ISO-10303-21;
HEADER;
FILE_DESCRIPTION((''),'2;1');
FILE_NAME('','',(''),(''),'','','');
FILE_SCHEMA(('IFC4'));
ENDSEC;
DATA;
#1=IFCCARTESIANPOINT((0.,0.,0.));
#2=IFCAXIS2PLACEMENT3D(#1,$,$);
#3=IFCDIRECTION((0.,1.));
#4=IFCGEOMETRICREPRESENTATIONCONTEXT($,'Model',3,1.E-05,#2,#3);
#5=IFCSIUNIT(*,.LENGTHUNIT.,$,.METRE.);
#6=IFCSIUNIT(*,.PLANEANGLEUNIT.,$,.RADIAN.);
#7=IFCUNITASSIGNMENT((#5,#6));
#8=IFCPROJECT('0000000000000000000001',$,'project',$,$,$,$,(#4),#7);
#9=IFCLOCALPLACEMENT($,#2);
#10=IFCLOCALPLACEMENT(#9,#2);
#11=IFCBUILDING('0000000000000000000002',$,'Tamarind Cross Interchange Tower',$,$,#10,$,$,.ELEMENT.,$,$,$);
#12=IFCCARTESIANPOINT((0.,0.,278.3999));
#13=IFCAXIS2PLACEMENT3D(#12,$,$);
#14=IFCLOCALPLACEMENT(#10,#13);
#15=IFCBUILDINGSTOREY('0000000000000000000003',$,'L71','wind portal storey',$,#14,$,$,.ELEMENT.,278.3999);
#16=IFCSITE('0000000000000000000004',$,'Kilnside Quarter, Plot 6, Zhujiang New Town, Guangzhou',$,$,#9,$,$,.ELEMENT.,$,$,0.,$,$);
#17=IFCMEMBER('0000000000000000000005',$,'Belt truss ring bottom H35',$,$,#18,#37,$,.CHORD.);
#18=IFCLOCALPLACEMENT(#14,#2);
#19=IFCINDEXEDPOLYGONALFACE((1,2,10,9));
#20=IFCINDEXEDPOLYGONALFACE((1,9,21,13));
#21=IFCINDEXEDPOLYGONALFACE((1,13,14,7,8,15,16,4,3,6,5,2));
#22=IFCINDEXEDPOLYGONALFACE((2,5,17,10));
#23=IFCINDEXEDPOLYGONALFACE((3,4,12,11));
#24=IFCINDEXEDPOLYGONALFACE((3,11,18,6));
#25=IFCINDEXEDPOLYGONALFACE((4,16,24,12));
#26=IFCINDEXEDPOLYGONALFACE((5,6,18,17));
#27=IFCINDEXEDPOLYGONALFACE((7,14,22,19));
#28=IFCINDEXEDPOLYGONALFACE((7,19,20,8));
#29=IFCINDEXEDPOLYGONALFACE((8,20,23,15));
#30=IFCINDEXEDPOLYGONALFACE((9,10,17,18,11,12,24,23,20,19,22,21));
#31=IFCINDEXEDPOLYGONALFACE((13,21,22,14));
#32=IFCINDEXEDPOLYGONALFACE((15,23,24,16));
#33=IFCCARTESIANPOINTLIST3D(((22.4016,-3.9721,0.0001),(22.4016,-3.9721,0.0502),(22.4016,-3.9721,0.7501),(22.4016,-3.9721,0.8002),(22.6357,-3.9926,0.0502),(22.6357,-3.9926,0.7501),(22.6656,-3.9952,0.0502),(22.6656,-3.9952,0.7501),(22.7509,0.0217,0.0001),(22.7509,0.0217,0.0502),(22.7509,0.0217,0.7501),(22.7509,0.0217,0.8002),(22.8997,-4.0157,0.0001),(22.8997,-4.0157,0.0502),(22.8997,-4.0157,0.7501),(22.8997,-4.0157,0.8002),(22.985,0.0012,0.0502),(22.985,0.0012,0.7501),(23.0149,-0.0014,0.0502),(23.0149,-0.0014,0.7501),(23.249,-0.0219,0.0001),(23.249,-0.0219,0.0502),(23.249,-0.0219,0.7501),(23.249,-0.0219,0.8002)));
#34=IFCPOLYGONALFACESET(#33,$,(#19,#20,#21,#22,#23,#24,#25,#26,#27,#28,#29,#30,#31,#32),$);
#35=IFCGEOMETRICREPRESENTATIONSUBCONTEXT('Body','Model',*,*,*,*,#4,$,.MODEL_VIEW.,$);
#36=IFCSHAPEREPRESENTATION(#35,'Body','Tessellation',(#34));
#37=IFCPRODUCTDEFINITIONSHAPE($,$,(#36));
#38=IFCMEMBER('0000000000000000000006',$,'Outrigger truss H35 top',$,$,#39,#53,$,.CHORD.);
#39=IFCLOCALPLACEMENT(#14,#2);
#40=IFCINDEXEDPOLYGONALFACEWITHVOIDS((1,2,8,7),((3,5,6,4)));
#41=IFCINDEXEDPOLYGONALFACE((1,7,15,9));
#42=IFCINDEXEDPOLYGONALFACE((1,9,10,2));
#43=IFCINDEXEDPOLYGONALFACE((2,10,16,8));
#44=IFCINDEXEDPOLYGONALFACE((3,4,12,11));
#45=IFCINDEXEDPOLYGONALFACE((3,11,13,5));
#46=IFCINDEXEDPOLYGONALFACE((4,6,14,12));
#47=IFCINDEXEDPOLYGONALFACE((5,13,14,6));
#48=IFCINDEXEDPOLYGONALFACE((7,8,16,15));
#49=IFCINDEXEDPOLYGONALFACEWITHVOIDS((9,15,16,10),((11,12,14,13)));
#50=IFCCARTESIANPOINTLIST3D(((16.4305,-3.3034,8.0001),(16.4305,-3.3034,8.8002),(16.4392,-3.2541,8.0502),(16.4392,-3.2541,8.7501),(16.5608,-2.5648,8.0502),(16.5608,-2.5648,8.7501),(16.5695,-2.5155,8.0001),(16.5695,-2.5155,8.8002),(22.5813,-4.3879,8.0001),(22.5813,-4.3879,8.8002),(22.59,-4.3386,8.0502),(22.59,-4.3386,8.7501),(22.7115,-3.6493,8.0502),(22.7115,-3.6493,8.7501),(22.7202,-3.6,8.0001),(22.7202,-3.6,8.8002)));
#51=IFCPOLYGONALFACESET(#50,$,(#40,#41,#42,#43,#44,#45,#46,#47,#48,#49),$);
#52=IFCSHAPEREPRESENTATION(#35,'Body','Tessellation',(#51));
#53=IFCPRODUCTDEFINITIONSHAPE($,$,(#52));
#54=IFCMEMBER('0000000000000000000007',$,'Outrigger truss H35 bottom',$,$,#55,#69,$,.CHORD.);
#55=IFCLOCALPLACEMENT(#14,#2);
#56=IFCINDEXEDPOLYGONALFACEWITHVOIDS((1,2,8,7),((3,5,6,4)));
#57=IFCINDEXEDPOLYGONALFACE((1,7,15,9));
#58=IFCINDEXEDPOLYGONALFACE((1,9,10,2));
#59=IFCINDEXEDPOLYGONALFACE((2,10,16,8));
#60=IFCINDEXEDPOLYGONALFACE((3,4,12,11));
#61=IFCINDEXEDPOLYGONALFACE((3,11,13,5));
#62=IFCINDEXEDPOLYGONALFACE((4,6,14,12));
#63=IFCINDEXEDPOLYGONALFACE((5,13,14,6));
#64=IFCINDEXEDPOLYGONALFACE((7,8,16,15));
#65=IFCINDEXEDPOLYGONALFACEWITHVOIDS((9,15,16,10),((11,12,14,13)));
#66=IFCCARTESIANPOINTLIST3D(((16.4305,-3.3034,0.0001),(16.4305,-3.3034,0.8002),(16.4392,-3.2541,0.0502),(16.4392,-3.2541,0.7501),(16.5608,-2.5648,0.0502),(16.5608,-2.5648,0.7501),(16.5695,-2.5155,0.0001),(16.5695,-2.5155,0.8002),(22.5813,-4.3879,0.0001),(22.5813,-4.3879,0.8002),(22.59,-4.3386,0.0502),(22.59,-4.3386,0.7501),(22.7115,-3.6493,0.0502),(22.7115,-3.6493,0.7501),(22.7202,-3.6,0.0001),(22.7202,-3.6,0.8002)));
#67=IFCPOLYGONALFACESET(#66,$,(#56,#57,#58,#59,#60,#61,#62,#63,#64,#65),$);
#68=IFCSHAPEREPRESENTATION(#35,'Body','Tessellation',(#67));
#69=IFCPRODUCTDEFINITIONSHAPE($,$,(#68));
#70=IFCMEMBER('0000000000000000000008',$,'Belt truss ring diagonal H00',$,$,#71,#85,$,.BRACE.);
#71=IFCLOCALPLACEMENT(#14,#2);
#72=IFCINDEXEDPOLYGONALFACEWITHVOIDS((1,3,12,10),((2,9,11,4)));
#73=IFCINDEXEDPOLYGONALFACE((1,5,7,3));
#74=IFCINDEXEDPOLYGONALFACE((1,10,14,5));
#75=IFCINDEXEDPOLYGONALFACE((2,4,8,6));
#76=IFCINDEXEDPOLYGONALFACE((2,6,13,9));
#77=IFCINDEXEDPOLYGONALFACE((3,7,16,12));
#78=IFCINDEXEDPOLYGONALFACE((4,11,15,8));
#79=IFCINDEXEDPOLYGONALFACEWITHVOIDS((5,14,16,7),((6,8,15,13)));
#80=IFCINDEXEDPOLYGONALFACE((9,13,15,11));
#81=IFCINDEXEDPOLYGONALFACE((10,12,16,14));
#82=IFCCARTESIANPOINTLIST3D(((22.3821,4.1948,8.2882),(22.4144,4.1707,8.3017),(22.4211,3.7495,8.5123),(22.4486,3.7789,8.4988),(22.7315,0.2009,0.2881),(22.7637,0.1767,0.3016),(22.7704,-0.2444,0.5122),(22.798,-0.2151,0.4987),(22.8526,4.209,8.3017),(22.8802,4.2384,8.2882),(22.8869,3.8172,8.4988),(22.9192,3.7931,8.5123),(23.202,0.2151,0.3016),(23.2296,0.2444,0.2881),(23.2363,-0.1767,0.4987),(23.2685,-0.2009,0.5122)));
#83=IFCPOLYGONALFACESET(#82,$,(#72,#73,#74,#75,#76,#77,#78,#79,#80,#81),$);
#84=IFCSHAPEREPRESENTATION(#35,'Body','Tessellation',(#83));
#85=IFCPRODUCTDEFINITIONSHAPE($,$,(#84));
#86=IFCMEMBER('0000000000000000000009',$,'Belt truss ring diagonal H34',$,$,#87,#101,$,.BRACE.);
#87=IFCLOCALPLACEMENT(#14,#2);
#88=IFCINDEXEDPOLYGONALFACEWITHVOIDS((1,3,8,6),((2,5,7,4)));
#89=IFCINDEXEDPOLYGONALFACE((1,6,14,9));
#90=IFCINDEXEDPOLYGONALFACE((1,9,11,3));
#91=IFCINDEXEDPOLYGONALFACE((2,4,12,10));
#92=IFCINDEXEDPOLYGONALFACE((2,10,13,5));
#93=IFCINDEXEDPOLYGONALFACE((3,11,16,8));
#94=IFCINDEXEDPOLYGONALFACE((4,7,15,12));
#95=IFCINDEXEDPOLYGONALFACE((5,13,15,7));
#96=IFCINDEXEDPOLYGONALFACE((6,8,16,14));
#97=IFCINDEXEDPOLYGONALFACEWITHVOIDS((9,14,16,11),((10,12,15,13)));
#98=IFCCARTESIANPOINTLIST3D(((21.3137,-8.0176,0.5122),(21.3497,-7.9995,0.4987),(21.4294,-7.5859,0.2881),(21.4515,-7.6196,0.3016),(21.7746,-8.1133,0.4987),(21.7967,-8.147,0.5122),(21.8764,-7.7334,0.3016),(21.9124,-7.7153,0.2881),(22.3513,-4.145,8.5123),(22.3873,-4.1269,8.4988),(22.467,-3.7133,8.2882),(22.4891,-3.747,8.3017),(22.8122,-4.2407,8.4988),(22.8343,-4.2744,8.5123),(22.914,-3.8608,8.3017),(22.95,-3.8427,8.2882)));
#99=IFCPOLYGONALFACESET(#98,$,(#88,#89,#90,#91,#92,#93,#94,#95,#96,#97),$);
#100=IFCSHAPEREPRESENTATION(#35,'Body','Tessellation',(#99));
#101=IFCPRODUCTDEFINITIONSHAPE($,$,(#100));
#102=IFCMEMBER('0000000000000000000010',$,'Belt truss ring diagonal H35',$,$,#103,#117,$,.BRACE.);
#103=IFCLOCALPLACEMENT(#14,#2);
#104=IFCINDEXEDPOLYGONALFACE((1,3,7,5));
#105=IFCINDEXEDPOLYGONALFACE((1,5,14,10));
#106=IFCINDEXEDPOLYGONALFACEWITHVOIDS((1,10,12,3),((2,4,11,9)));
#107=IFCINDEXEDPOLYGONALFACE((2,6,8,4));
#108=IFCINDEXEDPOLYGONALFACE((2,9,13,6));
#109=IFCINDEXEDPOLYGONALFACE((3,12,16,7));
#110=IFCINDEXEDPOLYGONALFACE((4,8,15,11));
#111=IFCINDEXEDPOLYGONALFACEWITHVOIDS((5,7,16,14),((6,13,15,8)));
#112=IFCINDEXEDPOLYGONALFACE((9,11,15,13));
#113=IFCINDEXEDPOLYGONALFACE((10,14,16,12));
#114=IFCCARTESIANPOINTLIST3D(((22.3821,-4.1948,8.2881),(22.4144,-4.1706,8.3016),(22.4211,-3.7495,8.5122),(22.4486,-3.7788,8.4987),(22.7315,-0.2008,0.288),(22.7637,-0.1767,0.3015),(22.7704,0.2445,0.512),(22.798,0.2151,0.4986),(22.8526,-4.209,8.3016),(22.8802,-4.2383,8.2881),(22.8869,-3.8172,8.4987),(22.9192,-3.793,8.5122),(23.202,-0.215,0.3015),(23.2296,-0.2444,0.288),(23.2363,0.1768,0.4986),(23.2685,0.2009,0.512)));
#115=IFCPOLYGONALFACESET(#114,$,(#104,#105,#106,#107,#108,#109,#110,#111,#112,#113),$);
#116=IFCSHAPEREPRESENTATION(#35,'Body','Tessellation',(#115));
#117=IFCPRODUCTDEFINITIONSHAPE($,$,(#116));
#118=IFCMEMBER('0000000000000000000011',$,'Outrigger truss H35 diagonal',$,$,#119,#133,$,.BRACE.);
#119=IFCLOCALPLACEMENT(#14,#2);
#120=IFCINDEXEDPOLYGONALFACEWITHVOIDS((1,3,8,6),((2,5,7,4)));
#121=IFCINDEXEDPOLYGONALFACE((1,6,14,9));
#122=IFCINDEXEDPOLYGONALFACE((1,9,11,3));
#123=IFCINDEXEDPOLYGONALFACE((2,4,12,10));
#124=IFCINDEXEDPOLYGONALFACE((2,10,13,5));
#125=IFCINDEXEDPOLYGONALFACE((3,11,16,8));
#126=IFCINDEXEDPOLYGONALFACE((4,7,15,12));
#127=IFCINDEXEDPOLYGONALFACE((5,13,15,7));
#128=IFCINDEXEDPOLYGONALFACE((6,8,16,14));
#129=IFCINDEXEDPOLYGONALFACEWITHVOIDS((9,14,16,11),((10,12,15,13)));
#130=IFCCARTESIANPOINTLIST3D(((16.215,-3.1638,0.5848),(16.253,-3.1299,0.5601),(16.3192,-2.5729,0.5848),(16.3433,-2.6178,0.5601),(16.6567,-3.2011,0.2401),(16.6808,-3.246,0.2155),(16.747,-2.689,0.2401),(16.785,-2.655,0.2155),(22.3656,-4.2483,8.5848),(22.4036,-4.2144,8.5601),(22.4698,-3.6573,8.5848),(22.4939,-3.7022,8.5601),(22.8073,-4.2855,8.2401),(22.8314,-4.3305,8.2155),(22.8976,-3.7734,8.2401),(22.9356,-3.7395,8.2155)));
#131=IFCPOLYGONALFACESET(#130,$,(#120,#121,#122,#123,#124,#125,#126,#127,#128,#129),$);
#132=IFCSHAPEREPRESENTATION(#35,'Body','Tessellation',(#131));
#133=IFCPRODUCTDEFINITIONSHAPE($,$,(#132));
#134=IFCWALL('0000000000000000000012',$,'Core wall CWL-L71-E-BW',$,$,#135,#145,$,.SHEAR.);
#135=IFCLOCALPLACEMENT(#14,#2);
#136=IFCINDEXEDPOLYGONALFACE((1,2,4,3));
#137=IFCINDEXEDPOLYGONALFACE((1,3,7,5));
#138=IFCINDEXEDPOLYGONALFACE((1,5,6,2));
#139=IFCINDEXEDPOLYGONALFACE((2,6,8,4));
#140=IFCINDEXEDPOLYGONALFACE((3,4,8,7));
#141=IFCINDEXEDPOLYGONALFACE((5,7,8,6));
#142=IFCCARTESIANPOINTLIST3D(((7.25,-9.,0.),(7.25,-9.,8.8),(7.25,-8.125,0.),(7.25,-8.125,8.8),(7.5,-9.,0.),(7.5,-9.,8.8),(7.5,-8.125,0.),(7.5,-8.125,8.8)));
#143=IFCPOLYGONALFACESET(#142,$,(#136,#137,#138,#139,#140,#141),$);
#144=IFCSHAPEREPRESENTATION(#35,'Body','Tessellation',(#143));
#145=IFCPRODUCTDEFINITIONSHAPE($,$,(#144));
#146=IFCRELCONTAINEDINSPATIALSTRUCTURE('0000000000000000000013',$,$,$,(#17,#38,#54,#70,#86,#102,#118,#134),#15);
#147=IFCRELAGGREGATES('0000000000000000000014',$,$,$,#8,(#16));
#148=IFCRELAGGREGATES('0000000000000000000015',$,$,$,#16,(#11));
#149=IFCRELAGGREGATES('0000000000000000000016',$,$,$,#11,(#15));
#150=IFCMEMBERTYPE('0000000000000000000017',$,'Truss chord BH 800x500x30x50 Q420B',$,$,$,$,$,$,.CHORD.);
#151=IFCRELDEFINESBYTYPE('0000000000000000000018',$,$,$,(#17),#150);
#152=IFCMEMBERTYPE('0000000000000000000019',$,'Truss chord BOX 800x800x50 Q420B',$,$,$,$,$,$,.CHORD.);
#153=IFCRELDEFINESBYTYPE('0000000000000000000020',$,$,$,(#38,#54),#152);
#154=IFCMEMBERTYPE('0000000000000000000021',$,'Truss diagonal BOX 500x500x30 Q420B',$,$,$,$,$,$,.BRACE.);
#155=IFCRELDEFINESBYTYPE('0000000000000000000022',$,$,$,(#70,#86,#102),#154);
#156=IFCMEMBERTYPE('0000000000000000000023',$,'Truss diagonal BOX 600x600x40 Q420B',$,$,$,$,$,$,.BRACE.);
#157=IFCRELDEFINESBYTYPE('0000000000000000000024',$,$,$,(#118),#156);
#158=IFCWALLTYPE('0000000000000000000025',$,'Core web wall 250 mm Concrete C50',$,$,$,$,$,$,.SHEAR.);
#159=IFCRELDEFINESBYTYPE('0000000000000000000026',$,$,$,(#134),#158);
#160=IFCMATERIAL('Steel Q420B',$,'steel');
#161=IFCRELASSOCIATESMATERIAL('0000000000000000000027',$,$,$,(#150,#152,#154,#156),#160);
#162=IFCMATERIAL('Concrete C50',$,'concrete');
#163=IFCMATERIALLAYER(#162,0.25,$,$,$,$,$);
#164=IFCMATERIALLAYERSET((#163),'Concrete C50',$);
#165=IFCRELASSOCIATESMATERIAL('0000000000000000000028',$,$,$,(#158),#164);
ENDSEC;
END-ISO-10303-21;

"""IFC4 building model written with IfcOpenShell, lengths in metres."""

from ifc_helpers import new_model, si_unit, direction, frame, frame_2d, origin, origin_2d, place, context, subcontext, project, spatial, rectangle, hollow_rectangle, i_section, extrude, material, layer, layer_set, material_profile, profile_set, type_object, element, save


model = new_model("IFC4")

# Units and contexts
model_context = context("Model", 3, precision=1e-05, world=origin(), true_north=direction((0.0, 1.0)))
body_context = subcontext(model_context, "Body", "Model", "MODEL_VIEW")
ifc_project = project(units=[si_unit("LENGTHUNIT", "METRE"), si_unit("PLANEANGLEUNIT", "RADIAN")], contexts=[model_context])

# Site, building, storey
site_placement = place(None, origin())
site = spatial("IfcSite", under=ifc_project, at=site_placement, Name="Kilnside Quarter, Plot 6, Zhujiang New Town, Guangzhou", CompositionType="ELEMENT", RefElevation=0.0)
building_placement = place(site_placement, origin())
building = spatial("IfcBuilding", under=site, at=building_placement, Name="Tamarind Cross Interchange Tower", CompositionType="ELEMENT")
storey_placement = place(building_placement, frame((0.0, 0.0, 278.3999)))
storey = spatial("IfcBuildingStorey", under=building, at=storey_placement, Name="L71", Description="wind portal storey", CompositionType="ELEMENT", Elevation=278.3999)

# Members
ifc_material_1 = material(Name="Steel Q420B", Category="steel")
ifc_material_profile_1 = material_profile(ifc_material_1, i_section(OverallWidth=0.5, OverallDepth=0.8, WebThickness=0.03, FlangeThickness=0.05, at=origin_2d()), Name="BH 800x500x30x50")
ifc_profile_set_1 = profile_set([ifc_material_profile_1], Name="Steel Q420B")
member_type_1 = type_object("IfcMemberType", Name="Truss chord BH 800x500x30x50 Q420B", PredefinedType="CHORD", material=ifc_profile_set_1)
for number, where, z_axis, x_axis, name in (
    (1, (22.6506, -3.9939, 0.4001), (0.087142, 0.996196, 0.0), (-0.996196, 0.087142, 0.0), "Belt truss ring bottom H35"),
):
    element("IfcMember", number, at=place(storey_placement, frame(where, z_axis=z_axis, x_axis=x_axis)), inside=storey, type_object=member_type_1, Name=name, PredefinedType="CHORD", context=body_context, shape_type="SweptSolid", body=[
        extrude(i_section(OverallWidth=0.5, OverallDepth=0.8, WebThickness=0.03, FlangeThickness=0.05, at=origin_2d()), origin(), (0.0, 0.0, 1.0), 4.009),
    ])
ifc_material_profile_2 = material_profile(ifc_material_1, hollow_rectangle(XDim=0.8, YDim=0.8, WallThickness=0.05, at=origin_2d()), Name="BOX 800x800x50")
ifc_profile_set_2 = profile_set([ifc_material_profile_2], Name="Steel Q420B")
member_type_2 = type_object("IfcMemberType", Name="Truss chord BOX 800x800x50 Q420B", PredefinedType="CHORD", material=ifc_profile_set_2)
for number, where, z_axis, x_axis, name in (
    (2, (16.5, -2.9094, 8.4001), (0.984809, -0.17364, 0.0), (0.17364, 0.984809, 0.0), "Outrigger truss H35 top"),
    (3, (16.5, -2.9094, 0.4001), (0.984809, -0.17364, 0.0), (0.17364, 0.984809, 0.0), "Outrigger truss H35 bottom"),
):
    element("IfcMember", number, at=place(storey_placement, frame(where, z_axis=z_axis, x_axis=x_axis)), inside=storey, type_object=member_type_2, Name=name, PredefinedType="CHORD", context=body_context, shape_type="SweptSolid", body=[
        extrude(hollow_rectangle(XDim=0.8, YDim=0.8, WallThickness=0.05, at=origin_2d()), origin(), (0.0, 0.0, 1.0), 6.2456),
    ])
ifc_material_profile_3 = material_profile(ifc_material_1, hollow_rectangle(XDim=0.5, YDim=0.5, WallThickness=0.03, at=origin_2d()), Name="BOX 500x500x30")
ifc_profile_set_3 = profile_set([ifc_material_profile_3], Name="Steel Q420B")
member_type_3 = type_object("IfcMemberType", Name="Truss diagonal BOX 500x500x30 Q420B", PredefinedType="BRACE", material=ifc_profile_set_3)
for number, where, z_axis, x_axis, name in (
    (4, (23.0, 0.0, 0.4001), (-0.039042, 0.446327, 0.894018), (-0.996196, -0.087142, 0.0), "Belt truss ring diagonal H00"),
    (5, (21.613, -7.8665, 0.4001), (0.115954, 0.432767, 0.894018), (-0.965929, 0.258807, 0.0), "Belt truss ring diagonal H34"),
    (6, (22.6506, -3.9939, 8.4001), (0.039042, 0.446327, -0.894018), (-0.996196, 0.087142, 0.0), "Belt truss ring diagonal H35"),
):
    element("IfcMember", number, at=place(storey_placement, frame(where, z_axis=z_axis, x_axis=x_axis)), inside=storey, type_object=member_type_3, Name=name, PredefinedType="BRACE", context=body_context, shape_type="SweptSolid", body=[
        extrude(hollow_rectangle(XDim=0.5, YDim=0.5, WallThickness=0.03, at=origin_2d()), origin(), (0.0, 0.0, 1.0), 8.9485),
    ])
ifc_material_profile_4 = material_profile(ifc_material_1, hollow_rectangle(XDim=0.6001, YDim=0.6001, WallThickness=0.04, at=origin_2d()), Name="BOX 600x600x40")
ifc_profile_set_4 = profile_set([ifc_material_profile_4], Name="Steel Q420B")
member_type_4 = type_object("IfcMemberType", Name="Truss diagonal BOX 600x600x40 Q420B", PredefinedType="BRACE", material=ifc_profile_set_4)
member_placement = place(storey_placement, frame((16.5, -2.9094, 0.4001), z_axis=(0.606021, -0.106853, 0.788239), x_axis=(0.17364, 0.984809, 0.0)))
element("IfcMember", 7, at=member_placement, inside=storey, type_object=member_type_4, Name="Outrigger truss H35 diagonal", PredefinedType="BRACE", context=body_context, shape_type="SweptSolid", body=[
    extrude(hollow_rectangle(XDim=0.6001, YDim=0.6001, WallThickness=0.04, at=origin_2d()), origin(), (0.0, 0.0, 1.0), 10.1492),
])

# Wall
ifc_material_2 = material(Name="Concrete C50", Category="concrete")
ifc_layer = layer(ifc_material_2, 0.25)
ifc_layer_set = layer_set([ifc_layer], Name="Concrete C50")
wall_type = type_object("IfcWallType", Name="Core web wall 250 mm Concrete C50", PredefinedType="SHEAR", material=ifc_layer_set)
wall_1_placement = place(storey_placement, frame((7.375, -9.0, 0.0), z_axis=(0.0, 0.0, 1.0), x_axis=(0.0, 1.0, 0.0)))
element("IfcWall", 8, at=wall_1_placement, inside=storey, type_object=wall_type, Name="Core wall CWL-L71-E-BW", PredefinedType="SHEAR", context=body_context, shape_type="SweptSolid", body=[
    extrude(rectangle(XDim=0.875, YDim=0.25, at=frame_2d((0.4375, 0.0))), origin(), (0.0, 0.0, 1.0), 8.8),
])

save(model, "model.ifc")
